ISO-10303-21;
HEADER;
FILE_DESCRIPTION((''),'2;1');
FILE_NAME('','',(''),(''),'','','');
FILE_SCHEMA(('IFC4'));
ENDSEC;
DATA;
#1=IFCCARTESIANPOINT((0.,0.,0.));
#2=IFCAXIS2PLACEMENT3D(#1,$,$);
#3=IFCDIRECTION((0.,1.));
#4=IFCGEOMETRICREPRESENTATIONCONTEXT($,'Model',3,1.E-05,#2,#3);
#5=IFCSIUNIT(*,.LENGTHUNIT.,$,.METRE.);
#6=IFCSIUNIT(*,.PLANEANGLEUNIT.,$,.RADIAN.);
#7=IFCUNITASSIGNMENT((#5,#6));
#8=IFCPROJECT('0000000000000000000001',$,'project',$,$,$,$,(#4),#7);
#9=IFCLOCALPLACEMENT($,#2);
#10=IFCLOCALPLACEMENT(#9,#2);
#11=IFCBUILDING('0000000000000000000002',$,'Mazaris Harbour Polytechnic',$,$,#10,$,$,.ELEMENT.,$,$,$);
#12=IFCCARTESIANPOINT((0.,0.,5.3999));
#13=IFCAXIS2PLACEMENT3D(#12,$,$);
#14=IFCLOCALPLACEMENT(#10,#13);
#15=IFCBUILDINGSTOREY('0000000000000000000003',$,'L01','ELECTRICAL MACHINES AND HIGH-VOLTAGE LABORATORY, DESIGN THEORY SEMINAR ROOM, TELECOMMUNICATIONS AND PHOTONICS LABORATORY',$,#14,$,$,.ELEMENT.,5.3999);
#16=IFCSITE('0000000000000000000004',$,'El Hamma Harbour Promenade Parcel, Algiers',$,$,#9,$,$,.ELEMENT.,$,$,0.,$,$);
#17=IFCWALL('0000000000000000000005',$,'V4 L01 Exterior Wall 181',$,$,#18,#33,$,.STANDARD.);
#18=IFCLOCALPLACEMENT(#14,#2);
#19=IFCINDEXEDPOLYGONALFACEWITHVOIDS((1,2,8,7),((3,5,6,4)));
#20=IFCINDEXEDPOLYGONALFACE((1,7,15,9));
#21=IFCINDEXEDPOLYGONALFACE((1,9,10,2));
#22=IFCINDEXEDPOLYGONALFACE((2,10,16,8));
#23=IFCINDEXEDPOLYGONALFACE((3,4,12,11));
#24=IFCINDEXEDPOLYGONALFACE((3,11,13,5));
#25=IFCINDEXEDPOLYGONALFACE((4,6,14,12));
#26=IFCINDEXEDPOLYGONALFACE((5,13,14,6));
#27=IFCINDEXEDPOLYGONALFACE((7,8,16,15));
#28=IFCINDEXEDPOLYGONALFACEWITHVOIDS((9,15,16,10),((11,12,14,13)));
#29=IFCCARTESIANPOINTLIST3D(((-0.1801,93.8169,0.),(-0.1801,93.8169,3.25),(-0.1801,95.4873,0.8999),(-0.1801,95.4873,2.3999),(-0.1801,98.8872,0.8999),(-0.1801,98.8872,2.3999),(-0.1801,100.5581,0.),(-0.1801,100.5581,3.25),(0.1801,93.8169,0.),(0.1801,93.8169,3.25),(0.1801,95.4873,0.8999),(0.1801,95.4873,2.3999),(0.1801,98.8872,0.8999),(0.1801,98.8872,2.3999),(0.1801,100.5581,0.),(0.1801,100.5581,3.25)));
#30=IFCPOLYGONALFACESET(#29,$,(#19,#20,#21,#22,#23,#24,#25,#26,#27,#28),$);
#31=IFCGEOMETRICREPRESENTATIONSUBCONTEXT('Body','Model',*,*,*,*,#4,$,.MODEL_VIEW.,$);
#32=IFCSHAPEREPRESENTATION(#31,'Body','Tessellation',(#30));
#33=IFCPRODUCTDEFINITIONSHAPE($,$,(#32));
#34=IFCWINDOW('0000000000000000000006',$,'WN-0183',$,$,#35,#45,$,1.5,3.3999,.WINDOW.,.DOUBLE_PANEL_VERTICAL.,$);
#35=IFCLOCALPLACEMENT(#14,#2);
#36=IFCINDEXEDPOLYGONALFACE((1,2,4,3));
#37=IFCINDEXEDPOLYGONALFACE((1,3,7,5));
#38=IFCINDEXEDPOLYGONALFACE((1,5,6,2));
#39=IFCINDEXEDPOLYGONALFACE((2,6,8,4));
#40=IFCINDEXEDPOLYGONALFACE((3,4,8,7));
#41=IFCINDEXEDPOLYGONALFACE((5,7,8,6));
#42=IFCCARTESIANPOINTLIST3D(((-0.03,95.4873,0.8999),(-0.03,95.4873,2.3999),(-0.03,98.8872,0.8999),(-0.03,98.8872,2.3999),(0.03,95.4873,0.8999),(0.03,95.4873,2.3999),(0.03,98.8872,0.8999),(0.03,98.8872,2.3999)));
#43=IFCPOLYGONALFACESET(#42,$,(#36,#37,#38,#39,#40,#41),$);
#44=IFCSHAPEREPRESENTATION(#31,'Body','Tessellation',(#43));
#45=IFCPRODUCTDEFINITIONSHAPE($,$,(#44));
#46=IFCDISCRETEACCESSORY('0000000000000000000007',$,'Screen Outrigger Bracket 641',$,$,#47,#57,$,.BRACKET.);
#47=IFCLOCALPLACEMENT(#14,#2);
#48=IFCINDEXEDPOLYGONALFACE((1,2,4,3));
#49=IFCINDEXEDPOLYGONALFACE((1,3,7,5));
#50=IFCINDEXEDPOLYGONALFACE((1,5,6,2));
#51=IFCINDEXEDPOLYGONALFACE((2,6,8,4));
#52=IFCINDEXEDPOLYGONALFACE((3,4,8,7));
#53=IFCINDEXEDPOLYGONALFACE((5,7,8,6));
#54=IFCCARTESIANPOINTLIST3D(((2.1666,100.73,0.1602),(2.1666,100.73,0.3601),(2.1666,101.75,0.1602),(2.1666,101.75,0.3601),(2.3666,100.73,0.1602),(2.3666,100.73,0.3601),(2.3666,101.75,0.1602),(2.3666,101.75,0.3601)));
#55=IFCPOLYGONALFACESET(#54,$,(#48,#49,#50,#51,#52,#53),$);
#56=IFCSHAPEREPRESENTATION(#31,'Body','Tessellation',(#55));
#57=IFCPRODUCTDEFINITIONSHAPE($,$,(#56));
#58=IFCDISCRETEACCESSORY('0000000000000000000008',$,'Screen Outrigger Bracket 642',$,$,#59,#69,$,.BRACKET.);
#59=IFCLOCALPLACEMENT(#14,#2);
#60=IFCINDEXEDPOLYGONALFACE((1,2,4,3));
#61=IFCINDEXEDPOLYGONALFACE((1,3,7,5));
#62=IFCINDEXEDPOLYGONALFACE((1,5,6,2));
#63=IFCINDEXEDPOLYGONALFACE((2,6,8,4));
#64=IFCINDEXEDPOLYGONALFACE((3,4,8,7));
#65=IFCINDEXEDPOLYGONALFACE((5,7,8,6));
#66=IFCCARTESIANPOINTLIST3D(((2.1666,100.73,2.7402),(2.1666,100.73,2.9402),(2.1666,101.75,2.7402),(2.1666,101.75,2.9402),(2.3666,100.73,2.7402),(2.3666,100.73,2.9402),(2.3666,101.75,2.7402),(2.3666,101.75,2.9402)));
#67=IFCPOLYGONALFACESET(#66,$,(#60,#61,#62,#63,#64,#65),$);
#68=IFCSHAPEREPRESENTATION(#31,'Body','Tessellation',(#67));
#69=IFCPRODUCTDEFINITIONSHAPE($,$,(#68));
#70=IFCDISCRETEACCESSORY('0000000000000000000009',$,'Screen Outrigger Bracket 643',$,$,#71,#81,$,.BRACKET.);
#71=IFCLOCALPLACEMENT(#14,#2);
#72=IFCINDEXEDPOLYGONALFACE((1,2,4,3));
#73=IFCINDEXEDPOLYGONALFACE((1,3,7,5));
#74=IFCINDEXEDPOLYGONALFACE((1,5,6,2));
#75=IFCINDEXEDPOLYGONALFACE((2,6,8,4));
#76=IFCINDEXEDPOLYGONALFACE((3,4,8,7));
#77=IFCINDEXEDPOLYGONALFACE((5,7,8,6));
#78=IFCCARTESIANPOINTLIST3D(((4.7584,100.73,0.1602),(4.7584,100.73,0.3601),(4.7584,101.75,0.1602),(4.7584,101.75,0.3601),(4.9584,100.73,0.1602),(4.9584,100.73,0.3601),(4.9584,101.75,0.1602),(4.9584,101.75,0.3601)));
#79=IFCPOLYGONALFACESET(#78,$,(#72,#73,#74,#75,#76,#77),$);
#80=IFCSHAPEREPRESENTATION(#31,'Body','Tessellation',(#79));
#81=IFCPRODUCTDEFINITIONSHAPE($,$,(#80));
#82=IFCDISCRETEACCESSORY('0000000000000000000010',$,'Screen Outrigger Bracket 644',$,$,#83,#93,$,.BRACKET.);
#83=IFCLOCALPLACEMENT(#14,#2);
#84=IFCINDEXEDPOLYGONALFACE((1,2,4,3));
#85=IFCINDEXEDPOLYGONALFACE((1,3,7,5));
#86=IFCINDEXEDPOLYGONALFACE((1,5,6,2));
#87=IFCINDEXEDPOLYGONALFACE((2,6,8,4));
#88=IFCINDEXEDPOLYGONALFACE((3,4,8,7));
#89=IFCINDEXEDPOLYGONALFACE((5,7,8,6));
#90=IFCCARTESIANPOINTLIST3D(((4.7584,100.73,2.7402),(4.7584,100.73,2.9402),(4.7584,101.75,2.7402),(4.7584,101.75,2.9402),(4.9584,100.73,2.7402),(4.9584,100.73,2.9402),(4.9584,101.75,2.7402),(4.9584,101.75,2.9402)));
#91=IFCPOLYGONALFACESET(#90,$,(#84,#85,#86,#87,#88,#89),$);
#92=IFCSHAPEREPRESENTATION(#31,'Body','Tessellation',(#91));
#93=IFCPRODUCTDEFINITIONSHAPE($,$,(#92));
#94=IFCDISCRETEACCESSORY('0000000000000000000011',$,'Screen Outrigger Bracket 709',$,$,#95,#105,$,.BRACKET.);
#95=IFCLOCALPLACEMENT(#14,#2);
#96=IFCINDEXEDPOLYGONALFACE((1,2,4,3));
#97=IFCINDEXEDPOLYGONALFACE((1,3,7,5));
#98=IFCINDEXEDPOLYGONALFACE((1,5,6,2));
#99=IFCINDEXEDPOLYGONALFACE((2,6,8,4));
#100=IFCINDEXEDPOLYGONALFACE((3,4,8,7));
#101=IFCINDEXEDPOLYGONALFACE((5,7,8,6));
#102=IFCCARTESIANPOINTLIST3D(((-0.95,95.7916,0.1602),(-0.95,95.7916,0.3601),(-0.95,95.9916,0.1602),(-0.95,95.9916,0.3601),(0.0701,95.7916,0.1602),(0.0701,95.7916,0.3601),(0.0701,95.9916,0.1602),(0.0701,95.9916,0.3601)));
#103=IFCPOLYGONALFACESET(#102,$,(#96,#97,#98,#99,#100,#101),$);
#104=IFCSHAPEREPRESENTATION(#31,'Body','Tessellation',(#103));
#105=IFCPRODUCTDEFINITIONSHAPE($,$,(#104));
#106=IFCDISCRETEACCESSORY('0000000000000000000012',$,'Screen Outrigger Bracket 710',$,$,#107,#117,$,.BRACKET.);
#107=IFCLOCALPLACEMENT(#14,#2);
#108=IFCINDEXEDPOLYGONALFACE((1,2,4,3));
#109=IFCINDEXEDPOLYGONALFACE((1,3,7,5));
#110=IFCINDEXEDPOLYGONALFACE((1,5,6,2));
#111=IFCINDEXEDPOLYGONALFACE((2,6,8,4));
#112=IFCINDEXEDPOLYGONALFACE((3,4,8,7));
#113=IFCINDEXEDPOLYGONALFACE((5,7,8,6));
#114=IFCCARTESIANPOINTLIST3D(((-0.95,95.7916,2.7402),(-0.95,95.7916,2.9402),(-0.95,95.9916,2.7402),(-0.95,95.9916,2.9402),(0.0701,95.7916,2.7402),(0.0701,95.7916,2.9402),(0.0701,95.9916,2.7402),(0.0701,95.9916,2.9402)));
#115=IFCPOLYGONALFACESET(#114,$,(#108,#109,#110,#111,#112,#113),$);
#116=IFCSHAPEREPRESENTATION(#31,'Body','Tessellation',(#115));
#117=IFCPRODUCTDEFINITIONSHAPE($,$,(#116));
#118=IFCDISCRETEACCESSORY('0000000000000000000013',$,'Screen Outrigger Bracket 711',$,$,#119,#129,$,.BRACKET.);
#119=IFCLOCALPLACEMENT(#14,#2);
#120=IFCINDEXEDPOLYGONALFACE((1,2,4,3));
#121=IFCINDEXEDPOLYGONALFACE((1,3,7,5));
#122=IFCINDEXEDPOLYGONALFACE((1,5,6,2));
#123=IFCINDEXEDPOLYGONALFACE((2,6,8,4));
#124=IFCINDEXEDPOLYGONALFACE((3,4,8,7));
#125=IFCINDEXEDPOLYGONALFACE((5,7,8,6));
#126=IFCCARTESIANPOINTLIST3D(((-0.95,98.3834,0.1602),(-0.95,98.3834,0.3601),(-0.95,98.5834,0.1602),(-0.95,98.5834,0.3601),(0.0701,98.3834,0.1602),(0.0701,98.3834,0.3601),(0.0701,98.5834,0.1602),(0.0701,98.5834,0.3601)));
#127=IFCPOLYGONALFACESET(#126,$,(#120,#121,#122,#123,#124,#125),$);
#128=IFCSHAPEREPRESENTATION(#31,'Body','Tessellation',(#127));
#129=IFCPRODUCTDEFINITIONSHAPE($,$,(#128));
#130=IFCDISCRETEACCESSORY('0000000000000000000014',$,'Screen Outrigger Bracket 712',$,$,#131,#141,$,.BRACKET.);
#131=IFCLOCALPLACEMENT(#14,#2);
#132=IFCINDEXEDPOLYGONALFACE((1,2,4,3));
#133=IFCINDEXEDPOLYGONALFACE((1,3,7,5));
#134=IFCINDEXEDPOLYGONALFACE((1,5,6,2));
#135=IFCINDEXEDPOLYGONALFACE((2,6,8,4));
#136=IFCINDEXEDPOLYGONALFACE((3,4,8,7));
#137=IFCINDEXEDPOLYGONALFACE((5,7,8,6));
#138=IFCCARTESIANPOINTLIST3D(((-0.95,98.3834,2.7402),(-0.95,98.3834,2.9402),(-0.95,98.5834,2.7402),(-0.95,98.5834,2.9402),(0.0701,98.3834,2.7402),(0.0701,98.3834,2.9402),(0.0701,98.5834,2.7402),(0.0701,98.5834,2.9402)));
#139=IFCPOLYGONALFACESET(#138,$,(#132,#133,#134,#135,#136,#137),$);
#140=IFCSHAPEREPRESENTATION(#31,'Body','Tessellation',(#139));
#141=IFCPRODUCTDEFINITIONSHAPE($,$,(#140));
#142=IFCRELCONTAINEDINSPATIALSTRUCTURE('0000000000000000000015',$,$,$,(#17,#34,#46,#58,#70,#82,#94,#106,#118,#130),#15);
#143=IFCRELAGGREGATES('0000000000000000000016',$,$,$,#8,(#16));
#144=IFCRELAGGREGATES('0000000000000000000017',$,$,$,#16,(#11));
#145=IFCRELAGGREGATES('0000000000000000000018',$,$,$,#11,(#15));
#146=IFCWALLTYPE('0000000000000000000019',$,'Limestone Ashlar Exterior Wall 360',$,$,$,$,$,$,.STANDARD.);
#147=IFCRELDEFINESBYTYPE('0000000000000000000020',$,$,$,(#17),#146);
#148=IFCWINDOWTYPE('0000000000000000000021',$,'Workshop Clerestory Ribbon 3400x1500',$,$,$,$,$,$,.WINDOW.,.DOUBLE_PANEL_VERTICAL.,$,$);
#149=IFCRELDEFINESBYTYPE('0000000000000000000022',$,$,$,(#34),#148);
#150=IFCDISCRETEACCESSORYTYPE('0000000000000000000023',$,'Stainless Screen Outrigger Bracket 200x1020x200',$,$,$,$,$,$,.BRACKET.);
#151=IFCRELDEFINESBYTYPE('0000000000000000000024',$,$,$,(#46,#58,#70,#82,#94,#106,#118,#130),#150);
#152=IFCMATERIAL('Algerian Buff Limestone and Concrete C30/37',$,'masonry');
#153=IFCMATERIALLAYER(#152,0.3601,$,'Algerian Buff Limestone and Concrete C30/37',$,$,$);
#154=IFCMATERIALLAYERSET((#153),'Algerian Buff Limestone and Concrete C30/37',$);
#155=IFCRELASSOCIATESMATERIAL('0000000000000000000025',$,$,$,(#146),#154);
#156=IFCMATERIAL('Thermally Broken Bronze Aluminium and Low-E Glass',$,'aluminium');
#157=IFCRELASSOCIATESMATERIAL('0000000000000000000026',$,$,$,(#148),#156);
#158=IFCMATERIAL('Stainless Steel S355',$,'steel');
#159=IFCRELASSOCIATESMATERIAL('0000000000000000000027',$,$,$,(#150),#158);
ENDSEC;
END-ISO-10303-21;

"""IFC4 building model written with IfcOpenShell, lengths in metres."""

from ifc_helpers import new_model, si_unit, direction, frame, frame_2d, origin, origin_2d, place, context, subcontext, project, spatial, rectangle, extrude, material, layer, layer_set, type_object, element, fill, save


model = new_model("IFC4")

# Units and contexts
model_context = context("Model", 3, precision=1e-05, world=origin(), true_north=direction((0.0, 1.0)))
body_context = subcontext(model_context, "Body", "Model", "MODEL_VIEW")
ifc_project = project(units=[si_unit("LENGTHUNIT", "METRE"), si_unit("PLANEANGLEUNIT", "RADIAN")], contexts=[model_context])

# Site, building, storey
site_placement = place(None, origin())
site = spatial("IfcSite", under=ifc_project, at=site_placement, Name="El Hamma Harbour Promenade Parcel, Algiers", CompositionType="ELEMENT", RefElevation=0.0)
building_placement = place(site_placement, origin())
building = spatial("IfcBuilding", under=site, at=building_placement, Name="Mazaris Harbour Polytechnic", CompositionType="ELEMENT")
storey_placement = place(building_placement, frame((0.0, 0.0, 5.3999)))
storey = spatial("IfcBuildingStorey", under=building, at=storey_placement, Name="L01", Description="ELECTRICAL MACHINES AND HIGH-VOLTAGE LABORATORY, DESIGN THEORY SEMINAR ROOM, TELECOMMUNICATIONS AND PHOTONICS LABORATORY", CompositionType="ELEMENT", Elevation=5.3999)

# Wall, opening, window
ifc_material_1 = material(Name="Algerian Buff Limestone and Concrete C30/37", Category="masonry")
ifc_layer = layer(ifc_material_1, 0.3601, Name="Algerian Buff Limestone and Concrete C30/37")
ifc_layer_set = layer_set([ifc_layer], Name="Algerian Buff Limestone and Concrete C30/37")
wall_type = type_object("IfcWallType", Name="Limestone Ashlar Exterior Wall 360", PredefinedType="STANDARD", material=ifc_layer_set)
wall_1_placement = place(storey_placement, frame((0.0, 93.8169, 0.0), z_axis=(0.0, 0.0, 1.0), x_axis=(0.0, 1.0, 0.0)))
wall_1 = element("IfcWall", 1, at=wall_1_placement, inside=storey, type_object=wall_type, Name="V4 L01 Exterior Wall 181", PredefinedType="STANDARD", context=body_context, shape_type="SweptSolid", body=[
    extrude(rectangle(XDim=6.7412, YDim=0.3601, at=frame_2d((3.3706, 0.0))), origin(), (0.0, 0.0, 1.0), 3.25),
])
opening_1_placement = place(wall_1_placement, frame((1.6704, 0.0, 0.8999)))
opening_1 = element("IfcOpeningElement", 2, at=opening_1_placement, cuts=wall_1, PredefinedType="OPENING", context=body_context, shape_type="SweptSolid", body=[
    extrude(rectangle(XDim=3.3999, YDim=1.5, at=frame_2d((1.7, 0.75))), frame((0.0, 0.1899, 0.0), z_axis=(0.0, -1.0, 0.0), x_axis=(1.0, 0.0, 0.0)), (0.0, 0.0, 1.0), 0.3801),
])
ifc_material_2 = material(Name="Thermally Broken Bronze Aluminium and Low-E Glass", Category="aluminium")
window_type_1 = type_object("IfcWindowType", Name="Workshop Clerestory Ribbon 3400x1500", PartitioningType="DOUBLE_PANEL_VERTICAL", PredefinedType="WINDOW", material=ifc_material_2)
window_1_placement = place(opening_1_placement, origin())
window_1 = element("IfcWindow", 3, at=window_1_placement, inside=storey, type_object=window_type_1, Name="WN-0183", OverallHeight=1.5, OverallWidth=3.3999, PartitioningType="DOUBLE_PANEL_VERTICAL", PredefinedType="WINDOW", context=body_context, shape_type="SweptSolid", body=[
    extrude(rectangle(XDim=3.3999, YDim=1.5, at=frame_2d((1.7, 0.75))), frame((0.0, 0.03, 0.0), z_axis=(0.0, -1.0, 0.0), x_axis=(1.0, 0.0, 0.0)), (0.0, 0.0, 1.0), 0.0601),
])
fill(opening_1, window_1)

# Discrete accessories
ifc_material_3 = material(Name="Stainless Steel S355", Category="steel")
discrete_accessory_type = type_object("IfcDiscreteAccessoryType", Name="Stainless Screen Outrigger Bracket 200x1020x200", PredefinedType="BRACKET", material=ifc_material_3)
for number, where, z_axis, x_axis, name in (
    (4, (2.2666, 101.24, 0.1602), (0.0, 0.0, 1.0), (1.0, 0.0, 0.0), "Screen Outrigger Bracket 641"),
    (5, (2.2666, 101.24, 2.7402), (0.0, 0.0, 1.0), (1.0, 0.0, 0.0), "Screen Outrigger Bracket 642"),
    (6, (4.8584, 101.24, 0.1602), (0.0, 0.0, 1.0), (1.0, 0.0, 0.0), "Screen Outrigger Bracket 643"),
    (7, (4.8584, 101.24, 2.7402), (0.0, 0.0, 1.0), (1.0, 0.0, 0.0), "Screen Outrigger Bracket 644"),
    (8, (-0.4399, 95.8916, 0.1602), (0.0, 0.0, 1.0), (0.0, 1.0, 0.0), "Screen Outrigger Bracket 709"),
    (9, (-0.4399, 95.8916, 2.7402), (0.0, 0.0, 1.0), (0.0, 1.0, 0.0), "Screen Outrigger Bracket 710"),
    (10, (-0.4399, 98.4834, 0.1602), (0.0, 0.0, 1.0), (0.0, 1.0, 0.0), "Screen Outrigger Bracket 711"),
    (11, (-0.4399, 98.4834, 2.7402), (0.0, 0.0, 1.0), (0.0, 1.0, 0.0), "Screen Outrigger Bracket 712"),
):
    element("IfcDiscreteAccessory", number, at=place(storey_placement, frame(where, z_axis=z_axis, x_axis=x_axis)), inside=storey, type_object=discrete_accessory_type, Name=name, PredefinedType="BRACKET", context=body_context, shape_type="SweptSolid", body=[
        extrude(rectangle(XDim=0.2, YDim=1.02, at=origin_2d()), origin(), (0.0, 0.0, 1.0), 0.2),
    ])

save(model, "model.ifc")
